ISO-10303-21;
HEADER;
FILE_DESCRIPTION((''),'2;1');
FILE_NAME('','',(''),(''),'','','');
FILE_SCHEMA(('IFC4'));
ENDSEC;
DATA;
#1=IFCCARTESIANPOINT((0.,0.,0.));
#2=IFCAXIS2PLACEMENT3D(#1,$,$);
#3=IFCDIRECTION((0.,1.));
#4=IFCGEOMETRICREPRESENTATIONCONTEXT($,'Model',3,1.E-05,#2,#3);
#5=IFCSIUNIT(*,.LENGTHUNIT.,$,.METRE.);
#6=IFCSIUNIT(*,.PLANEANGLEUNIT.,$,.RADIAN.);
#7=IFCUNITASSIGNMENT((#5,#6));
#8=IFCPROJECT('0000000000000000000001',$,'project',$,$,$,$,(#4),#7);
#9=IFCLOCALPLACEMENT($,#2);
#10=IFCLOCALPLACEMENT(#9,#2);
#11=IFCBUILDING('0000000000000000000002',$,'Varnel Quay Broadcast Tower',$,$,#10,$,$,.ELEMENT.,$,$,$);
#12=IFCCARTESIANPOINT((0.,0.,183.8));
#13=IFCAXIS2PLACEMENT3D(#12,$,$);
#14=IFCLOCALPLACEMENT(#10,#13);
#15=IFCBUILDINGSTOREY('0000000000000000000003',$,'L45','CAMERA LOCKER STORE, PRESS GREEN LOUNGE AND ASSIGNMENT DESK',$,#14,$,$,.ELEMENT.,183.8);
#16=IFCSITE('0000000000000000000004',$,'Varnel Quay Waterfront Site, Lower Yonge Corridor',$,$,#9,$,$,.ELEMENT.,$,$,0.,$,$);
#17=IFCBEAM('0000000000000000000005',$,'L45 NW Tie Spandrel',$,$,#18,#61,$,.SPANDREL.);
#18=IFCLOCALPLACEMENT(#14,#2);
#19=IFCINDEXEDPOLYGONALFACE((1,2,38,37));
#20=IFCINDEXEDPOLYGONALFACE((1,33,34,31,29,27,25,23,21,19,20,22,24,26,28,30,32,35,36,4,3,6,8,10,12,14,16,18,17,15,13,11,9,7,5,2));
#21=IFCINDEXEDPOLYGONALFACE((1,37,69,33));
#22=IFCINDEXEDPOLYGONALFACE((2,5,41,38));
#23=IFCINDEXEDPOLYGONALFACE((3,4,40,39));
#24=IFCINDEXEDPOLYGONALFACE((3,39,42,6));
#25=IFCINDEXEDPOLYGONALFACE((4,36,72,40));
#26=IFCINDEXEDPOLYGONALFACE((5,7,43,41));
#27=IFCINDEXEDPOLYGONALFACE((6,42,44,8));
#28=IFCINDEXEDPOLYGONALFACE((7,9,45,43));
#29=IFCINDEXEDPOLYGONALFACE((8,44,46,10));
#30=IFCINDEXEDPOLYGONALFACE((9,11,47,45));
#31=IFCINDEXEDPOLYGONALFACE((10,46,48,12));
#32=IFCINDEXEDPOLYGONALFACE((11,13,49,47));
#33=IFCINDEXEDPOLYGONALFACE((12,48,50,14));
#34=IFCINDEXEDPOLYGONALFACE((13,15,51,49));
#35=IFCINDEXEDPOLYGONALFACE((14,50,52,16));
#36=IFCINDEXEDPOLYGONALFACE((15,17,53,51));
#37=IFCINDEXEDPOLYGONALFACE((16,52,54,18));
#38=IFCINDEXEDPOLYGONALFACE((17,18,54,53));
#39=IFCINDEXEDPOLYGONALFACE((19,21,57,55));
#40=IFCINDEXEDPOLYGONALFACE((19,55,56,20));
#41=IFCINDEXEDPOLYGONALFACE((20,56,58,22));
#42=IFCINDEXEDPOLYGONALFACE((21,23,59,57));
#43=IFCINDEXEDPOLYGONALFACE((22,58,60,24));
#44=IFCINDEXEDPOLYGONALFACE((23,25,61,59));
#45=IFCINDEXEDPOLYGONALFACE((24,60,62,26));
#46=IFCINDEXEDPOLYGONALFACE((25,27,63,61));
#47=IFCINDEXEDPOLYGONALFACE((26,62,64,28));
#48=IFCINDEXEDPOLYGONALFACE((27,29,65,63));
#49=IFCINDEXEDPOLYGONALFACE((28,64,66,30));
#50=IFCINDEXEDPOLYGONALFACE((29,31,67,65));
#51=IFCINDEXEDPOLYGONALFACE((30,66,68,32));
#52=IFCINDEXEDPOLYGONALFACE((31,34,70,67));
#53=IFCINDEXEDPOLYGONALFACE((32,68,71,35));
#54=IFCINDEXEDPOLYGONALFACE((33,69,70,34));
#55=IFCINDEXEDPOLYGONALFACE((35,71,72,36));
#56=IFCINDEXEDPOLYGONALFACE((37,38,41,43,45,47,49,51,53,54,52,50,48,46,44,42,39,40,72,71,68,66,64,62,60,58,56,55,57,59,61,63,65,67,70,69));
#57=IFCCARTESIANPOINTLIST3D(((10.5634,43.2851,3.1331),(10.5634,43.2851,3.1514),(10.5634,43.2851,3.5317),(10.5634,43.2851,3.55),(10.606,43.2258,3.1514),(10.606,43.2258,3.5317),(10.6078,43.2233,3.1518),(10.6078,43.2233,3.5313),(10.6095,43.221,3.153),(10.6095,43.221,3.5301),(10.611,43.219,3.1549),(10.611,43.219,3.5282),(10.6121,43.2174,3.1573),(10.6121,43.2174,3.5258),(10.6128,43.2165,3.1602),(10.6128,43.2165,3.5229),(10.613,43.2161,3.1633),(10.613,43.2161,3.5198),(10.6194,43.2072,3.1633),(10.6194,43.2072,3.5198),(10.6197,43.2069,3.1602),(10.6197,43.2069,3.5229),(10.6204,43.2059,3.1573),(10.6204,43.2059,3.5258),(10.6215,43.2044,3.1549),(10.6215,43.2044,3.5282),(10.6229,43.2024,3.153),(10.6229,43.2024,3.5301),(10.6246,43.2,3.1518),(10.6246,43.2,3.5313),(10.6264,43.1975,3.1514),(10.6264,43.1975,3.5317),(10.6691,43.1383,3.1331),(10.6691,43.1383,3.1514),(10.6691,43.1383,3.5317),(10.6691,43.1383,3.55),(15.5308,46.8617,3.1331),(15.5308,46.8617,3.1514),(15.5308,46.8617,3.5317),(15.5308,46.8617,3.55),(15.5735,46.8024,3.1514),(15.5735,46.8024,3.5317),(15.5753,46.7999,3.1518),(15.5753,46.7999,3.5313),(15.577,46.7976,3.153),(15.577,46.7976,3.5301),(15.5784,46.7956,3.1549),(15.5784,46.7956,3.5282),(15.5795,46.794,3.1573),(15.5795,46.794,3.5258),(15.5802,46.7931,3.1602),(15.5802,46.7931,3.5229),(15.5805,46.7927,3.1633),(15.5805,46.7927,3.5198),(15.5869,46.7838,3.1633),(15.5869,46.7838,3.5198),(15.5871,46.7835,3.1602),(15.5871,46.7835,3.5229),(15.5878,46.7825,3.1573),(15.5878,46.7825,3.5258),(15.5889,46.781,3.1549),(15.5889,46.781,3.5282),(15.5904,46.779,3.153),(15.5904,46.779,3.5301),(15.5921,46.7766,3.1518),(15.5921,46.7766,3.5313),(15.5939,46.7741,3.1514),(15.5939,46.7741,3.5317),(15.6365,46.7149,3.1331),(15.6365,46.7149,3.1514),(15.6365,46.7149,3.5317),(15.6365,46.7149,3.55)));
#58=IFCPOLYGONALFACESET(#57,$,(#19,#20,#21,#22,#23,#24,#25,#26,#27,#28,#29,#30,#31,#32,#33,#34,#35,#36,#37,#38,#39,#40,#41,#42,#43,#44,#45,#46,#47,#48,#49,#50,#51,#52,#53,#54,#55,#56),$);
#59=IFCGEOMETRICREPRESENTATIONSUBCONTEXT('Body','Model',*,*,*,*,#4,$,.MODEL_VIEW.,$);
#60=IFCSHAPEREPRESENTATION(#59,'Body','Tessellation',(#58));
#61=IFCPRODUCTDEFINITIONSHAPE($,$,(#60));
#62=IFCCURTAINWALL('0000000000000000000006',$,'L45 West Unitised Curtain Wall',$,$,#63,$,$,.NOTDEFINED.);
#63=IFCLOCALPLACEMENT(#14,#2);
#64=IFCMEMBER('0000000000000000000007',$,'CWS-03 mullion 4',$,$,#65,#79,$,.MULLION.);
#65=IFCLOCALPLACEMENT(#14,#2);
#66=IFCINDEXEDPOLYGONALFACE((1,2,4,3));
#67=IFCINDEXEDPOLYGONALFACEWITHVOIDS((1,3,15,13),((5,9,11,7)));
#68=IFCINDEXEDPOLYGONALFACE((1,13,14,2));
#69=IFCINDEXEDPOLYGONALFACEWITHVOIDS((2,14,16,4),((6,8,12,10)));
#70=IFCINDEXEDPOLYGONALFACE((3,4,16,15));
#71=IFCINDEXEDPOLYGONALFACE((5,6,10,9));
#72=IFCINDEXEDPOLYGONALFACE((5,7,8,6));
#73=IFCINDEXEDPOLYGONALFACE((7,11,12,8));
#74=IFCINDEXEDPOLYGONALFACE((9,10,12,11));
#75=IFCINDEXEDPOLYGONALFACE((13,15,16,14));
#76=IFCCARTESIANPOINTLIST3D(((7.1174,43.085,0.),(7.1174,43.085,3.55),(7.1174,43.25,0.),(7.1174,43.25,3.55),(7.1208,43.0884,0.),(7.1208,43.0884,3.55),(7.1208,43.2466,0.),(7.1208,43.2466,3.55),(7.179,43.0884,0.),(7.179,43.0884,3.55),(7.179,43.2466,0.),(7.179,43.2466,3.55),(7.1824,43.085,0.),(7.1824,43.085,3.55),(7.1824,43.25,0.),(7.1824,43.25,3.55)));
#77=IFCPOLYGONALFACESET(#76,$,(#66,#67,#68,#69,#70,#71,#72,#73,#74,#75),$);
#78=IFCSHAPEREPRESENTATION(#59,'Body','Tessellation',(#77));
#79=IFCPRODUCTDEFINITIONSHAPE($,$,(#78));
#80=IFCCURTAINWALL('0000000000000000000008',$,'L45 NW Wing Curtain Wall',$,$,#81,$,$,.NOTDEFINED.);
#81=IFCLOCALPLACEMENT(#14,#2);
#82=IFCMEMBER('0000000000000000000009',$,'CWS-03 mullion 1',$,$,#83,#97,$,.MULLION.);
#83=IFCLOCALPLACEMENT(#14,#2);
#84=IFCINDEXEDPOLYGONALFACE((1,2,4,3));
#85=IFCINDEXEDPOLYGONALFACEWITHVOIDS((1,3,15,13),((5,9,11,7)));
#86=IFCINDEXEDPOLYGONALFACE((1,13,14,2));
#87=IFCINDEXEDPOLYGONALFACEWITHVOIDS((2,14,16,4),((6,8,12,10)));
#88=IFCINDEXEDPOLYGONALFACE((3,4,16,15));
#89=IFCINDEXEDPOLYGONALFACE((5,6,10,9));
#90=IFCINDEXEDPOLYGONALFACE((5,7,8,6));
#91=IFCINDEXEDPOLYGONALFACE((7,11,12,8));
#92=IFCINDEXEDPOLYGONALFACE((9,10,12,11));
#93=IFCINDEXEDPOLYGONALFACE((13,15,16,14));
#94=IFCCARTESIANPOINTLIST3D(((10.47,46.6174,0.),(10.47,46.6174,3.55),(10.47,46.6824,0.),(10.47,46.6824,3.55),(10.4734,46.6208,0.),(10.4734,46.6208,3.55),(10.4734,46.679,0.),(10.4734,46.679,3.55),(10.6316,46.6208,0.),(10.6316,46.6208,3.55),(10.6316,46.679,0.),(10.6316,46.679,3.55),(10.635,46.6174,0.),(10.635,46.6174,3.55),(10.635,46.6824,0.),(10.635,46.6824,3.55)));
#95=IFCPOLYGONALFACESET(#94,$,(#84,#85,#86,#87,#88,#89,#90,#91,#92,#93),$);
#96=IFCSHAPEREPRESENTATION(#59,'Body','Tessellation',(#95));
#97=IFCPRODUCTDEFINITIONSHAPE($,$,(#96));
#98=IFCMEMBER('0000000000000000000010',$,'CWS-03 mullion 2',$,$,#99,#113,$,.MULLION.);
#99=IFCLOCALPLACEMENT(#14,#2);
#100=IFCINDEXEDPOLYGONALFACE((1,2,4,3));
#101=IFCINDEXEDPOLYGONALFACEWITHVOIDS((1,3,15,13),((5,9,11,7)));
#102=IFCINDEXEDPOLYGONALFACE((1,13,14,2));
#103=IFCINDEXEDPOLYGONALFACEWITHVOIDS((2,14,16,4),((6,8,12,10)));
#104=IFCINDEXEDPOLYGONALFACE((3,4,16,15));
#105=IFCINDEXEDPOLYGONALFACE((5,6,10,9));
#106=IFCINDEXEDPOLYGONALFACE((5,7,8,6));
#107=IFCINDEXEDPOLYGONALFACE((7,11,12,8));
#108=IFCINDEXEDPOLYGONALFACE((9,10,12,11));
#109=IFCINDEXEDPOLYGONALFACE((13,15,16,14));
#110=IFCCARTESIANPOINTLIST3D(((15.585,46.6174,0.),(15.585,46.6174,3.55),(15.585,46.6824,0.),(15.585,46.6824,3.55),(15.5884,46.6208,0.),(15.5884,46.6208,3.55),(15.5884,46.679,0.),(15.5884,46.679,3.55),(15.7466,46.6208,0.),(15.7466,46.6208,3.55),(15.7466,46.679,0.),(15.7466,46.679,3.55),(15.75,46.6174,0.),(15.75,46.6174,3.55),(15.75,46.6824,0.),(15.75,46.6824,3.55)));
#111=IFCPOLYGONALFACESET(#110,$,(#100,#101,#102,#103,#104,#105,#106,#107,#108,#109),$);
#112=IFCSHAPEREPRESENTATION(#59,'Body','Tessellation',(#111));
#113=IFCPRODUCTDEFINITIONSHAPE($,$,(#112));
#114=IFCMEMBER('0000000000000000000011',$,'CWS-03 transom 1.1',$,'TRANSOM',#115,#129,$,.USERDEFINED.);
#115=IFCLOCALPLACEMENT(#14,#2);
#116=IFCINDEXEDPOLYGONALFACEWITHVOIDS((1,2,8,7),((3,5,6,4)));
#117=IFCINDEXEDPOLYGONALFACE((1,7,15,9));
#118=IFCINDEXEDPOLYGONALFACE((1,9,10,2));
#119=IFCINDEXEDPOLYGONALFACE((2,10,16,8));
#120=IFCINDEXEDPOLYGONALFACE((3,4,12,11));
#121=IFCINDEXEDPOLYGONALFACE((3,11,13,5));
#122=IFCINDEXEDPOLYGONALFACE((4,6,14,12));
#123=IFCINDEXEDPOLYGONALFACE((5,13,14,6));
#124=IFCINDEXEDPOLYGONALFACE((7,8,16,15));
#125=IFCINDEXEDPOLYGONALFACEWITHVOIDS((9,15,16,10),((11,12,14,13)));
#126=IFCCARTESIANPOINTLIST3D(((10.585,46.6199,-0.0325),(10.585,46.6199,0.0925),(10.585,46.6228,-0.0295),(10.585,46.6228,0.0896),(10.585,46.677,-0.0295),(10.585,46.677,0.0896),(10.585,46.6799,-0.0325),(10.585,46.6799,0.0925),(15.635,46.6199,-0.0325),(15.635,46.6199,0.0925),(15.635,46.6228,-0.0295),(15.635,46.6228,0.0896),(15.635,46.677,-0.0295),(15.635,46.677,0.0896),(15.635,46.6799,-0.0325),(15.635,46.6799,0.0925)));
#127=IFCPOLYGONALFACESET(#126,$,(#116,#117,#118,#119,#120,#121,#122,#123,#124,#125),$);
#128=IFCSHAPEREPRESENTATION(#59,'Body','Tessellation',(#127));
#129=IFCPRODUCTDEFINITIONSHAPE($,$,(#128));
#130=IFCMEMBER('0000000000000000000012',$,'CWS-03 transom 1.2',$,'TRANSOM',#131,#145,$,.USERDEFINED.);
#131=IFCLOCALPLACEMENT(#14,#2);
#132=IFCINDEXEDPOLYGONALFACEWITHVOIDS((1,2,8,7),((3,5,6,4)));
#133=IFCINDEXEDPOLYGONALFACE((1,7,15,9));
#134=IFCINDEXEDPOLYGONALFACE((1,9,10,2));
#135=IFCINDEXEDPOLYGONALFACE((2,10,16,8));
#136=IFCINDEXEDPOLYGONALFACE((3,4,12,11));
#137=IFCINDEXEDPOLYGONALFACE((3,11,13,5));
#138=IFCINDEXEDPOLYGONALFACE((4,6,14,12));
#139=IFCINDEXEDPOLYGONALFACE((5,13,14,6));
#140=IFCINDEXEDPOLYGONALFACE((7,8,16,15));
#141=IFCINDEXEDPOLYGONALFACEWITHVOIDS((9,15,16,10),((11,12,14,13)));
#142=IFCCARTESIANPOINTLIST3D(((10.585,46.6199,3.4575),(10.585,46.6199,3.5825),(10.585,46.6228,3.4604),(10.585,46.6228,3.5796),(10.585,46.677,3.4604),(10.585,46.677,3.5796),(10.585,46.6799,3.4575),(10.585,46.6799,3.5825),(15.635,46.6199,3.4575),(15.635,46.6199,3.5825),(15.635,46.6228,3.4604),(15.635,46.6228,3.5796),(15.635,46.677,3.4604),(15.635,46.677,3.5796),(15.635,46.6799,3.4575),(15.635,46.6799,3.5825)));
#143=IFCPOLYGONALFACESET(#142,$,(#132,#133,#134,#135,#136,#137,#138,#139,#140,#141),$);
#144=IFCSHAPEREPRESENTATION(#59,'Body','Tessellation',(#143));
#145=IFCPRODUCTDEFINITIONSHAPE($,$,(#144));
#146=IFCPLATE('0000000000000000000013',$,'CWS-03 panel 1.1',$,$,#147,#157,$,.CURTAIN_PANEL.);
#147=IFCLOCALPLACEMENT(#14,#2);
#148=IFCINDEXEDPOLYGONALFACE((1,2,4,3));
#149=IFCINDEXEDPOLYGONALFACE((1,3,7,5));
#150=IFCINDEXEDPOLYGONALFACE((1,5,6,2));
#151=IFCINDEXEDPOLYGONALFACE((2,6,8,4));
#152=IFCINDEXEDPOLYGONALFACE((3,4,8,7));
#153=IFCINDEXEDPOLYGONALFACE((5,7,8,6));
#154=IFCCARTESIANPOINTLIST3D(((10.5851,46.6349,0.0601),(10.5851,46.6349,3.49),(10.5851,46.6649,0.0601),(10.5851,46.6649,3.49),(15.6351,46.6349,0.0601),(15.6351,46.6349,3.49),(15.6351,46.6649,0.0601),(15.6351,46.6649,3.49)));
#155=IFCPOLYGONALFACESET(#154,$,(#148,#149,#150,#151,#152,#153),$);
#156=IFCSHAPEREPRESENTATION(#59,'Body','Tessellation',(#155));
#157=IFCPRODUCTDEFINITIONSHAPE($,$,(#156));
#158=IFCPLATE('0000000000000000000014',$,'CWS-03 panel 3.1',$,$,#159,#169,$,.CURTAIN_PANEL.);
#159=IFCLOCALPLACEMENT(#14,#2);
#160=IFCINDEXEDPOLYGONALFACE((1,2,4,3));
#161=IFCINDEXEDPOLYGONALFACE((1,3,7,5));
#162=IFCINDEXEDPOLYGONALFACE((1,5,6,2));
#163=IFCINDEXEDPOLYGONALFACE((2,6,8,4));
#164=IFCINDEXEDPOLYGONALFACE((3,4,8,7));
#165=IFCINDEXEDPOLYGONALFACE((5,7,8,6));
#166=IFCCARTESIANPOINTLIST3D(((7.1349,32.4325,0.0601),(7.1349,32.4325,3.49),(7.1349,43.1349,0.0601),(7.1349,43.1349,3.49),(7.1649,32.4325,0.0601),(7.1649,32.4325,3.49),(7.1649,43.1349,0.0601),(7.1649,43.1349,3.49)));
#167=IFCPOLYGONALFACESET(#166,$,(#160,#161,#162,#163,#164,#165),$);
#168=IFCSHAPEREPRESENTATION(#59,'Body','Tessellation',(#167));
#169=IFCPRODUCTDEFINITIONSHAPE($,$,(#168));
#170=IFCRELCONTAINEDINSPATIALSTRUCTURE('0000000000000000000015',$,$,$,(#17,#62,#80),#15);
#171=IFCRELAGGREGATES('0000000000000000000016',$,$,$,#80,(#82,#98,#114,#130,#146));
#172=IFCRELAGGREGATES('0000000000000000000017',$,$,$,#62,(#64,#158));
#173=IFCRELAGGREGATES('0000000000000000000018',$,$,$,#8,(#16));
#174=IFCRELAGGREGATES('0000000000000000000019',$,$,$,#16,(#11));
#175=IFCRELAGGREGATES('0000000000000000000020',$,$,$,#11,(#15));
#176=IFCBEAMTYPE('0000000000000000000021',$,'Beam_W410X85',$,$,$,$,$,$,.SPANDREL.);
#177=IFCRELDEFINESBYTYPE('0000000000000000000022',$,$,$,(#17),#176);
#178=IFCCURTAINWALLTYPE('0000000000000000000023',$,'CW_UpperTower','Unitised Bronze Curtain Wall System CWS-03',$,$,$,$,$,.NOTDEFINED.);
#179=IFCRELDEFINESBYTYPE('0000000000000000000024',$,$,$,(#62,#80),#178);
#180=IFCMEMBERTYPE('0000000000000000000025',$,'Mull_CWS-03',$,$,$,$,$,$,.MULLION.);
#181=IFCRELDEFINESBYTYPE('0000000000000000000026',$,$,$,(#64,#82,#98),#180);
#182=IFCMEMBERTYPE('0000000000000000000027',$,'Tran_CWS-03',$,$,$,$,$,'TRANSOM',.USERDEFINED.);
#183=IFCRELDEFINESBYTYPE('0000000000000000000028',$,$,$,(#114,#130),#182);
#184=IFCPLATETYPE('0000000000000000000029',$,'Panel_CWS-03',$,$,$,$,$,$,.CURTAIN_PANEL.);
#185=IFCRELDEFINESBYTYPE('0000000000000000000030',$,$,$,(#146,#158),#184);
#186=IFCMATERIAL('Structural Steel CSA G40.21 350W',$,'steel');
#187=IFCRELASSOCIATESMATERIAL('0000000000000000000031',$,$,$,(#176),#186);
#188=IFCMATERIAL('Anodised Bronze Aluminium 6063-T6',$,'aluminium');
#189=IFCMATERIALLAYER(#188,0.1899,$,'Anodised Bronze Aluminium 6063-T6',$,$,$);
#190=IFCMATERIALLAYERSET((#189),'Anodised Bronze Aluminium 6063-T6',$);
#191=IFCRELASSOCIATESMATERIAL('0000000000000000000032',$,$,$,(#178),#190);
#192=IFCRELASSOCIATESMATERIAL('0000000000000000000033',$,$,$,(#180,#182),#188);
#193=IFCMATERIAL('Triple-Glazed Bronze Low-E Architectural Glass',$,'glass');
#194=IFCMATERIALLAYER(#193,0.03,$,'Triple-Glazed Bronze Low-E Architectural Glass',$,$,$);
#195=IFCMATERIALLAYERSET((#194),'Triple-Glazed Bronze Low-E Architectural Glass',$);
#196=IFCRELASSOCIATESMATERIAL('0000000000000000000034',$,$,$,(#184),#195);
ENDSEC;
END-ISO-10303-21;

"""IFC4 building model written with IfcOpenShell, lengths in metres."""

from ifc_helpers import new_model, si_unit, direction, frame, origin, origin_2d, place, context, subcontext, project, spatial, rectangle, hollow_rectangle, i_section, extrude, source, transform, mapped, material, layer, layer_set, material_profile, profile_set, type_object, type_shapes, element, aggregate, save


model = new_model("IFC4")

# Units and contexts
model_context = context("Model", 3, precision=1e-05, world=origin(), true_north=direction((0.0, 1.0)))
body_context = subcontext(model_context, "Body", "Model", "MODEL_VIEW")
ifc_project = project(units=[si_unit("LENGTHUNIT", "METRE"), si_unit("PLANEANGLEUNIT", "RADIAN")], contexts=[model_context])

# Site, building, storey
site_placement = place(None, origin())
site = spatial("IfcSite", under=ifc_project, at=site_placement, Name="Varnel Quay Waterfront Site, Lower Yonge Corridor", CompositionType="ELEMENT", RefElevation=0.0)
building_placement = place(site_placement, origin())
building = spatial("IfcBuilding", under=site, at=building_placement, Name="Varnel Quay Broadcast Tower", CompositionType="ELEMENT")
storey_placement = place(building_placement, frame((0.0, 0.0, 183.8)))
storey = spatial("IfcBuildingStorey", under=building, at=storey_placement, Name="L45", Description="CAMERA LOCKER STORE, PRESS GREEN LOUNGE AND ASSIGNMENT DESK", CompositionType="ELEMENT", Elevation=183.8)

# Beam
ifc_material_1 = material(Name="Structural Steel CSA G40.21 350W", Category="steel")
ifc_material_profile_1 = material_profile(ifc_material_1, i_section(OverallWidth=0.1809, OverallDepth=0.417, WebThickness=0.011, FlangeThickness=0.0183, FilletRadius=0.012, at=origin_2d()), Name="W410X85")
ifc_profile_set_1 = profile_set([ifc_material_profile_1], Name="Structural Steel CSA G40.21 350W")
beam_type = type_object("IfcBeamType", Name="Beam_W410X85", PredefinedType="SPANDREL", material=ifc_profile_set_1)
shared_shape_1 = source(origin(), body_context, "Body", "SweptSolid", [
    extrude(i_section(OverallWidth=0.1809, OverallDepth=0.417, WebThickness=0.011, FlangeThickness=0.0183, FilletRadius=0.012, at=origin_2d()), origin(), (0.0, 0.0, 1.0), 6.1211),
])
beam_1_placement = place(storey_placement, frame((10.6162, 43.2117, 3.3416), z_axis=(0.811531, 0.584309, 0.0), x_axis=(-0.584309, 0.811531, 0.0)))
element("IfcBeam", 1, at=beam_1_placement, inside=storey, type_object=beam_type, Name="L45 NW Tie Spandrel", PredefinedType="SPANDREL", context=body_context, shape_type="MappedRepresentation", body=[
    mapped(shared_shape_1, transform((0.0, 0.0, 0.0), x_axis=(1.0, 0.0, 0.0), y_axis=(0.0, 1.0, 0.0), z_axis=(0.0, 0.0, 1.0), scale=1.0)),
])

# Curtain wall, member
ifc_material_2 = material(Name="Anodised Bronze Aluminium 6063-T6", Category="aluminium")
ifc_layer_1 = layer(ifc_material_2, 0.1899, Name="Anodised Bronze Aluminium 6063-T6")
ifc_layer_set_1 = layer_set([ifc_layer_1], Name="Anodised Bronze Aluminium 6063-T6")
curtain_wall_type = type_object("IfcCurtainWallType", Name="CW_UpperTower", Description="Unitised Bronze Curtain Wall System CWS-03", PredefinedType="NOTDEFINED", material=ifc_layer_set_1)
curtain_wall_1_placement = place(storey_placement, origin())
curtain_wall_1 = element("IfcCurtainWall", 2, at=curtain_wall_1_placement, inside=storey, type_object=curtain_wall_type, Name="L45 West Unitised Curtain Wall", PredefinedType="NOTDEFINED")
ifc_material_profile_2 = material_profile(ifc_material_2, hollow_rectangle(XDim=0.0649, YDim=0.165, WallThickness=0.0034, at=origin_2d()), Name="ALU65X165X3.5")
ifc_profile_set_2 = profile_set([ifc_material_profile_2], Name="Anodised Bronze Aluminium 6063-T6")
member_type_1 = type_object("IfcMemberType", Name="Mull_CWS-03", PredefinedType="MULLION", material=ifc_profile_set_2)
shared_shape_2 = source(origin(), body_context, "Body", "SweptSolid", [
    extrude(hollow_rectangle(XDim=0.0649, YDim=0.165, WallThickness=0.0034, at=origin_2d()), origin(), (0.0, 0.0, 1.0), 3.55),
])
type_shapes(member_type_1, [shared_shape_2])
member_1_placement = place(storey_placement, frame((7.1499, 43.1675, 0.0), z_axis=(0.0, 0.0, 1.0), x_axis=(-1.0, 0.0, 0.0)))
member_1 = element("IfcMember", 3, at=member_1_placement, type_object=member_type_1, Name="CWS-03 mullion 4", PredefinedType="MULLION", context=body_context, shape_type="MappedRepresentation", body=[
    mapped(shared_shape_2, transform((0.0, 0.0, 0.0), x_axis=(1.0, 0.0, 0.0), y_axis=(0.0, 1.0, 0.0), z_axis=(0.0, 0.0, 1.0), scale=1.0)),
])

# Curtain wall, members, plate
curtain_wall_2_placement = place(storey_placement, origin())
curtain_wall_2 = element("IfcCurtainWall", 4, at=curtain_wall_2_placement, inside=storey, type_object=curtain_wall_type, Name="L45 NW Wing Curtain Wall", PredefinedType="NOTDEFINED")
member_2_placement = place(storey_placement, frame((10.5525, 46.6499, 0.0), z_axis=(0.0, 0.0, 1.0), x_axis=(0.0, 1.0, 0.0)))
member_2 = element("IfcMember", 5, at=member_2_placement, type_object=member_type_1, Name="CWS-03 mullion 1", PredefinedType="MULLION", context=body_context, shape_type="MappedRepresentation", body=[
    mapped(shared_shape_2, transform((0.0, 0.0, 0.0), x_axis=(1.0, 0.0, 0.0), y_axis=(0.0, 1.0, 0.0), z_axis=(0.0, 0.0, 1.0), scale=1.0)),
])
member_3_placement = place(storey_placement, frame((15.6675, 46.6499, 0.0), z_axis=(0.0, 0.0, 1.0), x_axis=(0.0, 1.0, 0.0)))
member_3 = element("IfcMember", 6, at=member_3_placement, type_object=member_type_1, Name="CWS-03 mullion 2", PredefinedType="MULLION", context=body_context, shape_type="MappedRepresentation", body=[
    mapped(shared_shape_2, transform((0.0, 0.0, 0.0), x_axis=(1.0, 0.0, 0.0), y_axis=(0.0, 1.0, 0.0), z_axis=(0.0, 0.0, 1.0), scale=1.0)),
])
ifc_material_profile_3 = material_profile(ifc_material_2, hollow_rectangle(XDim=0.0601, YDim=0.125, WallThickness=0.0029, at=origin_2d()), Name="ALU60X125X3")
ifc_profile_set_3 = profile_set([ifc_material_profile_3], Name="Anodised Bronze Aluminium 6063-T6")
member_type_2 = type_object("IfcMemberType", Name="Tran_CWS-03", ElementType="TRANSOM", PredefinedType="USERDEFINED", material=ifc_profile_set_3)
shared_shape_3 = source(origin(), body_context, "Body", "SweptSolid", [
    extrude(hollow_rectangle(XDim=0.0601, YDim=0.125, WallThickness=0.0029, at=origin_2d()), origin(), (0.0, 0.0, 1.0), 5.05),
])
type_shapes(member_type_2, [shared_shape_3])
member_4_placement = place(storey_placement, frame((10.585, 46.6499, 0.03), z_axis=(1.0, 0.0, 0.0), x_axis=(0.0, 1.0, 0.0)))
member_4 = element("IfcMember", 7, at=member_4_placement, type_object=member_type_2, Name="CWS-03 transom 1.1", ObjectType="TRANSOM", PredefinedType="USERDEFINED", context=body_context, shape_type="MappedRepresentation", body=[
    mapped(shared_shape_3, transform((0.0, 0.0, 0.0), x_axis=(1.0, 0.0, 0.0), y_axis=(0.0, 1.0, 0.0), z_axis=(0.0, 0.0, 1.0), scale=1.0)),
])
member_5_placement = place(storey_placement, frame((10.585, 46.6499, 3.52), z_axis=(1.0, 0.0, 0.0), x_axis=(0.0, 1.0, 0.0)))
member_5 = element("IfcMember", 8, at=member_5_placement, type_object=member_type_2, Name="CWS-03 transom 1.2", ObjectType="TRANSOM", PredefinedType="USERDEFINED", context=body_context, shape_type="MappedRepresentation", body=[
    mapped(shared_shape_3, transform((0.0, 0.0, 0.0), x_axis=(1.0, 0.0, 0.0), y_axis=(0.0, 1.0, 0.0), z_axis=(0.0, 0.0, 1.0), scale=1.0)),
])
ifc_material_3 = material(Name="Triple-Glazed Bronze Low-E Architectural Glass", Category="glass")
ifc_layer_2 = layer(ifc_material_3, 0.03, Name="Triple-Glazed Bronze Low-E Architectural Glass")
ifc_layer_set_2 = layer_set([ifc_layer_2], Name="Triple-Glazed Bronze Low-E Architectural Glass")
plate_type = type_object("IfcPlateType", Name="Panel_CWS-03", PredefinedType="CURTAIN_PANEL", material=ifc_layer_set_2)
shared_shape_4 = source(origin(), body_context, "Body", "SweptSolid", [
    extrude(rectangle(XDim=5.05, YDim=0.03, at=origin_2d()), origin(), (0.0, 0.0, 1.0), 3.4299),
])
plate_1_placement = place(storey_placement, frame((13.1101, 46.6499, 0.0601), z_axis=(0.0, 0.0, 1.0), x_axis=(1.0, 0.0, 0.0)))
plate_1 = element("IfcPlate", 9, at=plate_1_placement, type_object=plate_type, Name="CWS-03 panel 1.1", PredefinedType="CURTAIN_PANEL", context=body_context, shape_type="MappedRepresentation", body=[
    mapped(shared_shape_4, transform((0.0, 0.0, 0.0), x_axis=(1.0, 0.0, 0.0), y_axis=(0.0, 1.0, 0.0), z_axis=(0.0, 0.0, 1.0), scale=1.0)),
])
aggregate(curtain_wall_2, [member_2, member_3, member_4, member_5, plate_1])

# Plate
shared_shape_5 = source(origin(), body_context, "Body", "SweptSolid", [
    extrude(rectangle(XDim=10.7024, YDim=0.03, at=origin_2d()), origin(), (0.0, 0.0, 1.0), 3.4299),
])
type_shapes(plate_type, [shared_shape_4, shared_shape_5])
plate_2_placement = place(storey_placement, frame((7.1499, 37.7837, 0.0601), z_axis=(0.0, 0.0, 1.0), x_axis=(0.0, 1.0, 0.0)))
plate_2 = element("IfcPlate", 10, at=plate_2_placement, type_object=plate_type, Name="CWS-03 panel 3.1", PredefinedType="CURTAIN_PANEL", context=body_context, shape_type="MappedRepresentation", body=[
    mapped(shared_shape_5, transform((0.0, 0.0, 0.0), x_axis=(1.0, 0.0, 0.0), y_axis=(0.0, 1.0, 0.0), z_axis=(0.0, 0.0, 1.0), scale=1.0)),
])
aggregate(curtain_wall_1, [member_1, plate_2])

save(model, "model.ifc")
